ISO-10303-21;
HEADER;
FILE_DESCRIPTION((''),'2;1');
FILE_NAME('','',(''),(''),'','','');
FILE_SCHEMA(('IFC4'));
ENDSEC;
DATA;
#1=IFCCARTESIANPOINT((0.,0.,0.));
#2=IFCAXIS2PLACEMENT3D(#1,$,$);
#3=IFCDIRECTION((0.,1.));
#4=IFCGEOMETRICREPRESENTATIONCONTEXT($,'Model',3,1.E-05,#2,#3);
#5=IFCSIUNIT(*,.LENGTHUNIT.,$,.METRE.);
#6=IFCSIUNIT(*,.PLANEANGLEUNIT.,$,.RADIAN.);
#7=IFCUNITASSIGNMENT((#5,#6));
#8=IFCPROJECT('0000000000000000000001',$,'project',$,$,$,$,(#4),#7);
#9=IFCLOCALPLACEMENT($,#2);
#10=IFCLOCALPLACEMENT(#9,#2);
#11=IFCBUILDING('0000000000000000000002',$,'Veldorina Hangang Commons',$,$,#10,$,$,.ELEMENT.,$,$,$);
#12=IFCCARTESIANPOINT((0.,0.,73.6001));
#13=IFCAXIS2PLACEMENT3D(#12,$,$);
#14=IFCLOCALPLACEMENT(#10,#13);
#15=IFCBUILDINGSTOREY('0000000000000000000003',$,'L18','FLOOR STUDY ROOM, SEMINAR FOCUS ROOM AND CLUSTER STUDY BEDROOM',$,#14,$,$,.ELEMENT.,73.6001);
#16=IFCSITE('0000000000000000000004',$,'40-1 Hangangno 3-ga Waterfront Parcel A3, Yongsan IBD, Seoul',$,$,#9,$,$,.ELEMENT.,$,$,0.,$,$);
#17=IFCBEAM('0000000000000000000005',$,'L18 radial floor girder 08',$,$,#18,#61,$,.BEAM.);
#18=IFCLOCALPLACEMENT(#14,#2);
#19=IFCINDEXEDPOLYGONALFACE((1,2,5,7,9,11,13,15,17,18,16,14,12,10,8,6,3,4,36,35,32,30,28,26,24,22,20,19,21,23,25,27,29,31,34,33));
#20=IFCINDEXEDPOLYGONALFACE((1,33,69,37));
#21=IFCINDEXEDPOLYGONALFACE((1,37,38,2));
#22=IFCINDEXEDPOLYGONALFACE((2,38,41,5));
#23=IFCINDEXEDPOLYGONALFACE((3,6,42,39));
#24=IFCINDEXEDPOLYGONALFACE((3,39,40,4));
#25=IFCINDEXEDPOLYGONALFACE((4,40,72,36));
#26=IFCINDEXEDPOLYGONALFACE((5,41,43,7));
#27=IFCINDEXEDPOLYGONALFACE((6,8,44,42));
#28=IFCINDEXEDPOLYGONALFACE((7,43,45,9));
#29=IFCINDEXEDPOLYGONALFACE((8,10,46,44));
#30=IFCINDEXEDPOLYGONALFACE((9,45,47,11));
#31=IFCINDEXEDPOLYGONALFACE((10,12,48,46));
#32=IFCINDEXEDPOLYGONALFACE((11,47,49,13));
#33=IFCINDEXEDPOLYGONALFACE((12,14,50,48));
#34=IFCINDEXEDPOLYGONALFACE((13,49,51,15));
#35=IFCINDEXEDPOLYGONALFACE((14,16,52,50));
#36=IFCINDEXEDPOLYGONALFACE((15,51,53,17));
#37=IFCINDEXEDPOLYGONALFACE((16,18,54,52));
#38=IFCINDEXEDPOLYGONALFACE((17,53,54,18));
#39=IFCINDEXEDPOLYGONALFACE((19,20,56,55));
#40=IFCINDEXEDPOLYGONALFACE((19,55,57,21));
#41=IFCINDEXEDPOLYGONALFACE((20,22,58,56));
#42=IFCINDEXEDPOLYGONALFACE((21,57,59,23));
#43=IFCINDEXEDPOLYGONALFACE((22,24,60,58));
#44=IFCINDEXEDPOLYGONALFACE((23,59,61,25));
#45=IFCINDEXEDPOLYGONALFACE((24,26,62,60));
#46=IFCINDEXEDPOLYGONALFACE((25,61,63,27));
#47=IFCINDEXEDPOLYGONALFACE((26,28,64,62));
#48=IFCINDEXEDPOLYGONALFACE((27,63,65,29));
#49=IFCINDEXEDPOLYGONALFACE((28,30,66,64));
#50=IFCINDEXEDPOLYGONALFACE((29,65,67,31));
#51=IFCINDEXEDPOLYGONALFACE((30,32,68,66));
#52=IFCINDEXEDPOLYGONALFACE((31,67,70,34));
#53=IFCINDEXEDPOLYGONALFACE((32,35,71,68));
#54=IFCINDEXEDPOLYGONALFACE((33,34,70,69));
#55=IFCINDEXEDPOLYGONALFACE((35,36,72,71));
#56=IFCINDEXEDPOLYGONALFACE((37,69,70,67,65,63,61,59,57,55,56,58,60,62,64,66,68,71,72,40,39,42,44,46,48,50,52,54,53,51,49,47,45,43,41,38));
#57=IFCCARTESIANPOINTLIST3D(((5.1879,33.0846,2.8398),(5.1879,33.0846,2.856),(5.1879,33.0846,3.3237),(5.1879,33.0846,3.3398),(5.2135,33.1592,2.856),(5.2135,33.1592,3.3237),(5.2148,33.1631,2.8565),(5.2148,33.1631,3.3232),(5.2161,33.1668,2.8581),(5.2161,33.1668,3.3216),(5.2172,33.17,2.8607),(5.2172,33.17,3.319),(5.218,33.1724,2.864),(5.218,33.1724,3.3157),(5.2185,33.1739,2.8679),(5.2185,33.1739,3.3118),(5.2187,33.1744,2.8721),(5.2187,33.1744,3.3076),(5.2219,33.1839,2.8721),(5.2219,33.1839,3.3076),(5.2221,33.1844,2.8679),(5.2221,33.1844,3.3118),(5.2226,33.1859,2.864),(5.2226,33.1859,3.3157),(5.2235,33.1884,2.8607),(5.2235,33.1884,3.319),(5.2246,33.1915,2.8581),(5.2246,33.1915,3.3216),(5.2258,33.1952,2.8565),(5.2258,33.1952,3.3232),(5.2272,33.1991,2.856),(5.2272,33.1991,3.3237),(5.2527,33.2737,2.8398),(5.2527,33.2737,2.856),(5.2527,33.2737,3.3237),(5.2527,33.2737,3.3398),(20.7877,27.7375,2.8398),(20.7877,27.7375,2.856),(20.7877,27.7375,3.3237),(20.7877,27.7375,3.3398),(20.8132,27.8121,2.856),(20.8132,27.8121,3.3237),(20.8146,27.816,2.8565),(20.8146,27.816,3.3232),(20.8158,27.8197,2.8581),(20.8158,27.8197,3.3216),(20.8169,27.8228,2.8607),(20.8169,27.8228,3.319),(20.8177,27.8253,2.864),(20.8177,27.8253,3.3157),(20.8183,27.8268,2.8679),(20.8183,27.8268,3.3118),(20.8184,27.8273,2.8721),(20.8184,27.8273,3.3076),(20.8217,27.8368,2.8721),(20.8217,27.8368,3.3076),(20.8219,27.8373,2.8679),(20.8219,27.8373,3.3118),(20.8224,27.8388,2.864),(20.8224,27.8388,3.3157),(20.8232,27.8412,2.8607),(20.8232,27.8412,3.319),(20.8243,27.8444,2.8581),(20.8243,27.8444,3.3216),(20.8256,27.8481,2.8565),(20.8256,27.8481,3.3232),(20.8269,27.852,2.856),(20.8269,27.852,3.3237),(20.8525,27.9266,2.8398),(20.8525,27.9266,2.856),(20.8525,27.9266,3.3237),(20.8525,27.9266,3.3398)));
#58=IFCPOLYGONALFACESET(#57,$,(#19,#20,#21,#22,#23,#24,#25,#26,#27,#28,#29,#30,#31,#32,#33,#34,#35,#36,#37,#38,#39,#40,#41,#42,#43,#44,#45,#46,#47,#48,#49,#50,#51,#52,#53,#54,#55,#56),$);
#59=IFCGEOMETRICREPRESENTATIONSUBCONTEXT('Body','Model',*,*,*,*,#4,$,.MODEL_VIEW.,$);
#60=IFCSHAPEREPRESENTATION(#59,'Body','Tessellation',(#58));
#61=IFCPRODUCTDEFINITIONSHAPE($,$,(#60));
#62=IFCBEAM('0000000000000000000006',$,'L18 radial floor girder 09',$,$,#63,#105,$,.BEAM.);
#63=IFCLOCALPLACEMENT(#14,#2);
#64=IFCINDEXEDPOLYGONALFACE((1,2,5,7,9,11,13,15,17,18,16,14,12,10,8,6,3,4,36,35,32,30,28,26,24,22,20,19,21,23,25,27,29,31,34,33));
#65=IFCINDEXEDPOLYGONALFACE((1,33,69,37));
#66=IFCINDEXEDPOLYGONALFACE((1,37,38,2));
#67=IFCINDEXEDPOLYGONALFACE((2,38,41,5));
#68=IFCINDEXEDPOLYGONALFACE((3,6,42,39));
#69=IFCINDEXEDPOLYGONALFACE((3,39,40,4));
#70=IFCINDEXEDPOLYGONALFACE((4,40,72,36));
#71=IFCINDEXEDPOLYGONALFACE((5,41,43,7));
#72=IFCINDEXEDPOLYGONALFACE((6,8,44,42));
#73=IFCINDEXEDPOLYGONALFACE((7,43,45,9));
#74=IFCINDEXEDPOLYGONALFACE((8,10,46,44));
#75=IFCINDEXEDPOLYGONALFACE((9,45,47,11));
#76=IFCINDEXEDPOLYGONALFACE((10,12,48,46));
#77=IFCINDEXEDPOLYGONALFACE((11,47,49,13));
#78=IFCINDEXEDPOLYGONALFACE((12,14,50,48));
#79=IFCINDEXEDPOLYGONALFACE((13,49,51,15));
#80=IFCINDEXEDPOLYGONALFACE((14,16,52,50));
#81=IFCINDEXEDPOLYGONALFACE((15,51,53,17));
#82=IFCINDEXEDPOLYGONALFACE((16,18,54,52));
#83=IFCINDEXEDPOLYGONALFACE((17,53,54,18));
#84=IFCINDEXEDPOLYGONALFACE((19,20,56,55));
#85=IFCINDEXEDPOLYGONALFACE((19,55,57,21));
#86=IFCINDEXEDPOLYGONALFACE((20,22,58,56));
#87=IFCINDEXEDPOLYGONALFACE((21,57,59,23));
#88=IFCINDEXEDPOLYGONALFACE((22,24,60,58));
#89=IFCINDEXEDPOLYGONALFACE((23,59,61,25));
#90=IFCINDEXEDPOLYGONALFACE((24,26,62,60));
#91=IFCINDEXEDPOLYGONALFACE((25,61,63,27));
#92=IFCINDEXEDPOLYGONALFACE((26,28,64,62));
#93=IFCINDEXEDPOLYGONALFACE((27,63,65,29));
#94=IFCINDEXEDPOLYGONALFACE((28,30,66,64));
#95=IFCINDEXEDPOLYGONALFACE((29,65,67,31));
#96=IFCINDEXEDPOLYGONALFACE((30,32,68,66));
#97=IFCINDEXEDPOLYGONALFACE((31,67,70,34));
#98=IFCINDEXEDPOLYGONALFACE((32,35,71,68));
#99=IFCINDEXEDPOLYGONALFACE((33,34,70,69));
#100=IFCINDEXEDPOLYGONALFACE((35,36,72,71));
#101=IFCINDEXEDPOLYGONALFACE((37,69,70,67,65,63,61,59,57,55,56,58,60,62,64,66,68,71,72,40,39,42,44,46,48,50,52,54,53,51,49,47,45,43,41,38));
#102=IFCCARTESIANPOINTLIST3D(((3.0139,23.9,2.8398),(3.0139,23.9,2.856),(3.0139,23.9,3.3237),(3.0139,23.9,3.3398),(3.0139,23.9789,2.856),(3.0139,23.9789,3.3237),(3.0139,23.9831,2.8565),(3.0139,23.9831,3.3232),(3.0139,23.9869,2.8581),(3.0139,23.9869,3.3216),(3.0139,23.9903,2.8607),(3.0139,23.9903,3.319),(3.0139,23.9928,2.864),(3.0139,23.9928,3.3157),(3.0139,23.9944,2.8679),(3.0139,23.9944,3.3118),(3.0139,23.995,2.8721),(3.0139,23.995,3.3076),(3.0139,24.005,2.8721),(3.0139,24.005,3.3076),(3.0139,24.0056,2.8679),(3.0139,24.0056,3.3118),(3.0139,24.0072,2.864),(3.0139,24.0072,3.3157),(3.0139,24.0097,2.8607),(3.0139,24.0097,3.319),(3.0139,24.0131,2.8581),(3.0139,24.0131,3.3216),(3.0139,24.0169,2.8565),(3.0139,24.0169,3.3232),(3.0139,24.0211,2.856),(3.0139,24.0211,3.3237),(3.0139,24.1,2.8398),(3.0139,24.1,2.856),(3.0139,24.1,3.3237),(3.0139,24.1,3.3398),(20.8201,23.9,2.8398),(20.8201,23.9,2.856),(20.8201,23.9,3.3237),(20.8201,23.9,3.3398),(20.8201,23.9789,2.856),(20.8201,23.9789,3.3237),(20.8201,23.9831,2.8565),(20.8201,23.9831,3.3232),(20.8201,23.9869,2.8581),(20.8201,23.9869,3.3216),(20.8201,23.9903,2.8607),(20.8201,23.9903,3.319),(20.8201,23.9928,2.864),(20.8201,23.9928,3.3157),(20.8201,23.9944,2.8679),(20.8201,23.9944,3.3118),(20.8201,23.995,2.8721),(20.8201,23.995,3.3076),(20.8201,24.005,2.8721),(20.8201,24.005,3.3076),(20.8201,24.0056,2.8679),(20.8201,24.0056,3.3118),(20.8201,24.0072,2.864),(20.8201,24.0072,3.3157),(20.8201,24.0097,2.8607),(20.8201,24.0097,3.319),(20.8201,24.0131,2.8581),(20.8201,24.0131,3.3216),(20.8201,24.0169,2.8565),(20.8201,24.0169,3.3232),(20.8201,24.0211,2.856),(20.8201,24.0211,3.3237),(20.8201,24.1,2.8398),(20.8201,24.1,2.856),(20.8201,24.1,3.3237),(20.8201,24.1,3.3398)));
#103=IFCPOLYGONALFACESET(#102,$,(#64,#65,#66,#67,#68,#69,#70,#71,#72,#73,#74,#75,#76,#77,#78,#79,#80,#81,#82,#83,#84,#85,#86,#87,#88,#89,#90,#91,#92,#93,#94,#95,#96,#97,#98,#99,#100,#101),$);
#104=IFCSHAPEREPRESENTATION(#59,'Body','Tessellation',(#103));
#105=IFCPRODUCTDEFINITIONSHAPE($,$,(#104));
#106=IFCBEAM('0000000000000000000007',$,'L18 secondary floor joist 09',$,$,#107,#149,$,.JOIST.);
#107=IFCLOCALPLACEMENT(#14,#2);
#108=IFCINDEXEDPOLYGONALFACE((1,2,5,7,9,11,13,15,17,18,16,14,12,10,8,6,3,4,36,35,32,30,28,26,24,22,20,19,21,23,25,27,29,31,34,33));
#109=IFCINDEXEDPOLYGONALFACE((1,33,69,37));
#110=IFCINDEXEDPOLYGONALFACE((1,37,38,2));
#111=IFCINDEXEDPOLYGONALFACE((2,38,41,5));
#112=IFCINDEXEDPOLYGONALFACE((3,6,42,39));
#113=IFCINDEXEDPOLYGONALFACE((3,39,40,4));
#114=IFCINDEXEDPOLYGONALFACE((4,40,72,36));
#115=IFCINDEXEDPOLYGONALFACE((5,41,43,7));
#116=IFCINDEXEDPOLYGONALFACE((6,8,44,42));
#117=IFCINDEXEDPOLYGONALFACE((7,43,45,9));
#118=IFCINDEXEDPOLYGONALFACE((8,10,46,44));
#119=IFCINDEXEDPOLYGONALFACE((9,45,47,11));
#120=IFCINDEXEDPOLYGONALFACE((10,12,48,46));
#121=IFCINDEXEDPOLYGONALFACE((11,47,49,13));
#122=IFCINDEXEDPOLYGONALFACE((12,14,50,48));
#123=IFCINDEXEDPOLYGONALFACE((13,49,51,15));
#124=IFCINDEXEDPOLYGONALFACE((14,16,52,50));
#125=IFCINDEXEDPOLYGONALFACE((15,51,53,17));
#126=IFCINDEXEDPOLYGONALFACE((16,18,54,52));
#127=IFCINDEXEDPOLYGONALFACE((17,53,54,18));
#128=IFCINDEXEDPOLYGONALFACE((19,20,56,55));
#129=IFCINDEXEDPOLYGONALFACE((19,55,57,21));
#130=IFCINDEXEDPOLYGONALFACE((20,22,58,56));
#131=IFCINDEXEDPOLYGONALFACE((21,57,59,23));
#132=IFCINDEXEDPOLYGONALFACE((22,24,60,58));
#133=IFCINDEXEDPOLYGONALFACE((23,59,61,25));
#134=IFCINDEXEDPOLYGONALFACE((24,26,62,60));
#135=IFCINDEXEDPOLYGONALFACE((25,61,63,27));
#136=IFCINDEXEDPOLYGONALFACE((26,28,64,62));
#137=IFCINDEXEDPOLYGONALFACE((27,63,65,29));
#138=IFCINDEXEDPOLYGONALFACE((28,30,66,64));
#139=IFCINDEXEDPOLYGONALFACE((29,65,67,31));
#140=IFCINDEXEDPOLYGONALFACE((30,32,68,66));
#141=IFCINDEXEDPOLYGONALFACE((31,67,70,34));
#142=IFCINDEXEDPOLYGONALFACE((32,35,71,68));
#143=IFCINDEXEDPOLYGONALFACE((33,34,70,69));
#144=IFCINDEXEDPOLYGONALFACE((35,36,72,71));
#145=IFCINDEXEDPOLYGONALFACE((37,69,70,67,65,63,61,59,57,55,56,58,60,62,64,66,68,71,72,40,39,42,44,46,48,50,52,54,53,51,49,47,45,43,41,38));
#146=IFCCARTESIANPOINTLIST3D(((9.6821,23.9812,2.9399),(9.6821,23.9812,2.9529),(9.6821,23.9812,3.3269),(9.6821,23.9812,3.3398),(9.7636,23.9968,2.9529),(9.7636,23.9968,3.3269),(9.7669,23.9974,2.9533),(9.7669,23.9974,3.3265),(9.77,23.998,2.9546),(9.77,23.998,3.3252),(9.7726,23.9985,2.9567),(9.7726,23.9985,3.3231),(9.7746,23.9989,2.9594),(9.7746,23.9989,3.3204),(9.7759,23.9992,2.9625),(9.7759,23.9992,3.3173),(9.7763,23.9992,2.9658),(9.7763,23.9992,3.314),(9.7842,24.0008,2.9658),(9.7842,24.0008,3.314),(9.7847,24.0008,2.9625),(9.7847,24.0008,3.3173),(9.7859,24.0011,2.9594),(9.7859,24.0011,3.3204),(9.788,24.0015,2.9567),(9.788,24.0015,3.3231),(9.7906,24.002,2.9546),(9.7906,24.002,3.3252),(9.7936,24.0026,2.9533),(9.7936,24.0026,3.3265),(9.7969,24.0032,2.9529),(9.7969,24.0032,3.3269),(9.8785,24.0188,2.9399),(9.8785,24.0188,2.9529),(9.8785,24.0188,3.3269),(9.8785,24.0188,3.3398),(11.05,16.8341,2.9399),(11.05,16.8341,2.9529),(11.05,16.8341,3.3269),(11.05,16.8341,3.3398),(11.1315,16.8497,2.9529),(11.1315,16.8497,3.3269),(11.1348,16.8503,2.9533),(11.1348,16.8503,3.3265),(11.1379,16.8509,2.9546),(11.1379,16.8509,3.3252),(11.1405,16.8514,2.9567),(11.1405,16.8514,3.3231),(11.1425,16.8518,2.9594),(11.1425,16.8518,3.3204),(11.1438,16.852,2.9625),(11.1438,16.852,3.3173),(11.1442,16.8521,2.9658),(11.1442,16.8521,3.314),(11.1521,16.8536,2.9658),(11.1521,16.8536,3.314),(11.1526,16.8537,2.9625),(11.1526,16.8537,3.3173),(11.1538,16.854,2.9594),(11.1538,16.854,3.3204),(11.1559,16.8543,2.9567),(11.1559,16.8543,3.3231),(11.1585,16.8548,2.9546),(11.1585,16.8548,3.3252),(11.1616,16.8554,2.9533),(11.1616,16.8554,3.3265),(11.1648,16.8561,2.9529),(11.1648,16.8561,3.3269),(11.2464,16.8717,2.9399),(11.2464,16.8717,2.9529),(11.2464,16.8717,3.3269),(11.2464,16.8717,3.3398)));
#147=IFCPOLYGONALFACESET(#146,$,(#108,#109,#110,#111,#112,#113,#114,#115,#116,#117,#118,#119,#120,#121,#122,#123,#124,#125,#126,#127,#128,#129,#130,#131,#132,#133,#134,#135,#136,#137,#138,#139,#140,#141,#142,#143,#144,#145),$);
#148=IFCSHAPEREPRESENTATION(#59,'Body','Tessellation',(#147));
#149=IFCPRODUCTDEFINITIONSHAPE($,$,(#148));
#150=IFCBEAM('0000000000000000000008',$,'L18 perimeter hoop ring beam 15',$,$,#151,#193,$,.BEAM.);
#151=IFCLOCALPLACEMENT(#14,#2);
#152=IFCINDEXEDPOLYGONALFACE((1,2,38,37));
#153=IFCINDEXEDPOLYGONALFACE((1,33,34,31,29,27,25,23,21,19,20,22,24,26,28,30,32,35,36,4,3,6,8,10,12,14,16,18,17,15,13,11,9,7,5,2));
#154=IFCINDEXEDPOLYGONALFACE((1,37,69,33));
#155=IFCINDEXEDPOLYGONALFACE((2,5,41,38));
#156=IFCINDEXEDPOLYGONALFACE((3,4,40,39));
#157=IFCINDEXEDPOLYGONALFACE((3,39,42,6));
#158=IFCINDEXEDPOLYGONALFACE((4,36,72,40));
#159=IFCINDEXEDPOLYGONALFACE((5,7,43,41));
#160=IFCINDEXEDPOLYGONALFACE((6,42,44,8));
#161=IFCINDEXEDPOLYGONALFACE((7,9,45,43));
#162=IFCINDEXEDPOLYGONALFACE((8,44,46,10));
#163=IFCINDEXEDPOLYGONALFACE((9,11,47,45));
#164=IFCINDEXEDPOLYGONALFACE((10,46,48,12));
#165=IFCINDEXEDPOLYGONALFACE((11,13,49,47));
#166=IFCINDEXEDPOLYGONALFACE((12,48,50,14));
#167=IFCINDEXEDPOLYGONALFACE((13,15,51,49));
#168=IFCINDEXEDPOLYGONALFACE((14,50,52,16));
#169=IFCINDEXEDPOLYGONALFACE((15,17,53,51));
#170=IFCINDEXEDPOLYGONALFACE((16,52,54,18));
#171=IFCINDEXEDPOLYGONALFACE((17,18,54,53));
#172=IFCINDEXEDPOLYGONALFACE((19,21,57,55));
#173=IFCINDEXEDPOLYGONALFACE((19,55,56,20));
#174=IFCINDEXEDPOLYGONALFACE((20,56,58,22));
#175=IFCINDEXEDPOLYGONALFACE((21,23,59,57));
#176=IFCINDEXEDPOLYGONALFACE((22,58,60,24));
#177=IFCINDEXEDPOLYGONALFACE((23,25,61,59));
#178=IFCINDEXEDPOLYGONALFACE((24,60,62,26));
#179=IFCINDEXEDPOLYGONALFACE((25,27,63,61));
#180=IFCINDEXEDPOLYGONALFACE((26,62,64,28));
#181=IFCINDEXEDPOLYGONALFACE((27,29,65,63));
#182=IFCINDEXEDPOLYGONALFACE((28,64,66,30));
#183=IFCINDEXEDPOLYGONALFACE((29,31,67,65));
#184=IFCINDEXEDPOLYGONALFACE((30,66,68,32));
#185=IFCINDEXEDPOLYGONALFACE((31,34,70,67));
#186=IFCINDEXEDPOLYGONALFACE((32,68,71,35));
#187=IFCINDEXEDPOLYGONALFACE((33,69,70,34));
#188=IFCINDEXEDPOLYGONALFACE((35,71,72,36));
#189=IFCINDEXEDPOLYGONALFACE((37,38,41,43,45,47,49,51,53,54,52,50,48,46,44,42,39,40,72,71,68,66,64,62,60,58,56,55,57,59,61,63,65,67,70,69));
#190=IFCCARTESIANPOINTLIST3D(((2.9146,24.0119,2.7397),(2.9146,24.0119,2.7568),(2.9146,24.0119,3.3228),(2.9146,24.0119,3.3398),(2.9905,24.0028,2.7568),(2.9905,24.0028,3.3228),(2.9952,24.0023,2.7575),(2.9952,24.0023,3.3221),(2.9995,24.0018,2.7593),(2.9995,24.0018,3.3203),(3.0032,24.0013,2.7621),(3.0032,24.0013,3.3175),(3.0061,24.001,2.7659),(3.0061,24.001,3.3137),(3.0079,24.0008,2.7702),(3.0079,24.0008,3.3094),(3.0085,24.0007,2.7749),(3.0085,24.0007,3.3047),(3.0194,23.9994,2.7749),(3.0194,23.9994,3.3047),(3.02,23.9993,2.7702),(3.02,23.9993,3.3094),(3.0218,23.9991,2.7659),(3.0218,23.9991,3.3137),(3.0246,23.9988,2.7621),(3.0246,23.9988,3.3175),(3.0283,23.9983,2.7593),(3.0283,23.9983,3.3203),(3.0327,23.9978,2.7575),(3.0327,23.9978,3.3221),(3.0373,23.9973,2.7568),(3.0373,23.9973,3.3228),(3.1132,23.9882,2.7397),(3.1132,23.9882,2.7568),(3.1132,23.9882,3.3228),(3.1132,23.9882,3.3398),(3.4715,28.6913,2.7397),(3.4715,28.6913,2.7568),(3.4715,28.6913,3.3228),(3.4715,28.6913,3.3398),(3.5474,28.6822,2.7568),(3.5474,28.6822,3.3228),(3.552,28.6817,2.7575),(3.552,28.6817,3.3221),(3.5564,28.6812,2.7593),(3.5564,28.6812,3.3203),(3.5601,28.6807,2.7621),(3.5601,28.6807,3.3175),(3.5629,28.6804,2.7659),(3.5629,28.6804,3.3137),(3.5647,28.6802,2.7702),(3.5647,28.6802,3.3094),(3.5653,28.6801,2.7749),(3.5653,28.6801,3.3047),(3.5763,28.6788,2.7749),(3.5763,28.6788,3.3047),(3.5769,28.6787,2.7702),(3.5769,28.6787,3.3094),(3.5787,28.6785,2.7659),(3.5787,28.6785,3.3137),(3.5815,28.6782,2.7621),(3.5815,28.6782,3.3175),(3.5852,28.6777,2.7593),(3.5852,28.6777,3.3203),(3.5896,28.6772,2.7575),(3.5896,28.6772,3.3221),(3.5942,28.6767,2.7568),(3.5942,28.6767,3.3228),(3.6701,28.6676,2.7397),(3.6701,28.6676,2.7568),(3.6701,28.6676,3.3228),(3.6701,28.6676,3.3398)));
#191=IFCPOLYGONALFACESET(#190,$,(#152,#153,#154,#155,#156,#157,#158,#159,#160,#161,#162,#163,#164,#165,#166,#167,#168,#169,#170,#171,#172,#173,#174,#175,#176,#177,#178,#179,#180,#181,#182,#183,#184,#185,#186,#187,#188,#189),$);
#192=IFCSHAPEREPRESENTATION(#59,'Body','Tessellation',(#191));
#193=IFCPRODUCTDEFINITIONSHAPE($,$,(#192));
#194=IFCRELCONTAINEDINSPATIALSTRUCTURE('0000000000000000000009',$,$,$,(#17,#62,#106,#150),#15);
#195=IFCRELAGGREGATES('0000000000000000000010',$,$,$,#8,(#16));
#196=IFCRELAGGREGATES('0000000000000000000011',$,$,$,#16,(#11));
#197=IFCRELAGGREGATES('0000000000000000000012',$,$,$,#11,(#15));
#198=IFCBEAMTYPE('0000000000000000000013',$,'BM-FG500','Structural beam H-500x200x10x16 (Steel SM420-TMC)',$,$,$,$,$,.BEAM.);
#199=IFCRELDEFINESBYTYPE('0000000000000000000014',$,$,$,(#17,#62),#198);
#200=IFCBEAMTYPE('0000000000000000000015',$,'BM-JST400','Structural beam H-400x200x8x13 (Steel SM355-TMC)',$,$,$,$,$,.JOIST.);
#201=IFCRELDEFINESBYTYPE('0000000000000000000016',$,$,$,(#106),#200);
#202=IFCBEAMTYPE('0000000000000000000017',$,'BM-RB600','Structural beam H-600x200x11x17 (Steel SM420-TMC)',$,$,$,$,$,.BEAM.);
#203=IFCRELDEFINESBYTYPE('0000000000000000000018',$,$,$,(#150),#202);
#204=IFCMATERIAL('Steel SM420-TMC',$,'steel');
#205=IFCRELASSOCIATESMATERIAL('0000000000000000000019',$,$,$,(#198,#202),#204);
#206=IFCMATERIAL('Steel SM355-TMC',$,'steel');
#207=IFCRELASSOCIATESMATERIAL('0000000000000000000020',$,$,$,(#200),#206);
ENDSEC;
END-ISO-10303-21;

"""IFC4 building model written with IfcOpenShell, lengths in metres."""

from ifc_helpers import new_model, si_unit, direction, frame, origin, origin_2d, place, context, subcontext, project, spatial, i_section, extrude, material, material_profile, profile_set, type_object, element, save


model = new_model("IFC4")

# Units and contexts
model_context = context("Model", 3, precision=1e-05, world=origin(), true_north=direction((0.0, 1.0)))
body_context = subcontext(model_context, "Body", "Model", "MODEL_VIEW")
ifc_project = project(units=[si_unit("LENGTHUNIT", "METRE"), si_unit("PLANEANGLEUNIT", "RADIAN")], contexts=[model_context])

# Site, building, storey
site_placement = place(None, origin())
site = spatial("IfcSite", under=ifc_project, at=site_placement, Name="40-1 Hangangno 3-ga Waterfront Parcel A3, Yongsan IBD, Seoul", CompositionType="ELEMENT", RefElevation=0.0)
building_placement = place(site_placement, origin())
building = spatial("IfcBuilding", under=site, at=building_placement, Name="Veldorina Hangang Commons", CompositionType="ELEMENT")
storey_placement = place(building_placement, frame((0.0, 0.0, 73.6001)))
storey = spatial("IfcBuildingStorey", under=building, at=storey_placement, Name="L18", Description="FLOOR STUDY ROOM, SEMINAR FOCUS ROOM AND CLUSTER STUDY BEDROOM", CompositionType="ELEMENT", Elevation=73.6001)

# Beams
ifc_material_1 = material(Name="Steel SM420-TMC", Category="steel")
ifc_material_profile_1 = material_profile(ifc_material_1, i_section(OverallWidth=0.2, OverallDepth=0.5, WebThickness=0.01, FlangeThickness=0.0161, FilletRadius=0.0161, at=origin_2d()), Name="H-500x200x10x16")
ifc_profile_set_1 = profile_set([ifc_material_profile_1], Name="Steel SM420-TMC")
beam_type_1 = type_object("IfcBeamType", Name="BM-FG500", Description="Structural beam H-500x200x10x16 (Steel SM420-TMC)", PredefinedType="BEAM", material=ifc_profile_set_1)
beam_1_placement = place(storey_placement, frame((20.8201, 27.832, 3.0898), z_axis=(-0.945971, 0.324251, 0.0), x_axis=(-0.324251, -0.945971, 0.0)))
element("IfcBeam", 1, at=beam_1_placement, inside=storey, type_object=beam_type_1, Name="L18 radial floor girder 08", PredefinedType="BEAM", context=body_context, shape_type="SweptSolid", body=[
    extrude(i_section(OverallWidth=0.2, OverallDepth=0.5, WebThickness=0.01, FlangeThickness=0.0161, FilletRadius=0.0161, at=origin_2d()), origin(), (0.0, 0.0, 1.0), 16.4907),
])
beam_2_placement = place(storey_placement, frame((20.8201, 24.0, 3.0898), z_axis=(-1.0, 0.0, 0.0), x_axis=(0.0, -1.0, 0.0)))
element("IfcBeam", 2, at=beam_2_placement, inside=storey, type_object=beam_type_1, Name="L18 radial floor girder 09", PredefinedType="BEAM", context=body_context, shape_type="SweptSolid", body=[
    extrude(i_section(OverallWidth=0.2, OverallDepth=0.5, WebThickness=0.01, FlangeThickness=0.0161, FilletRadius=0.0161, at=origin_2d()), origin(), (0.0, 0.0, 1.0), 17.8062),
])
ifc_material_2 = material(Name="Steel SM355-TMC", Category="steel")
ifc_material_profile_2 = material_profile(ifc_material_2, i_section(OverallWidth=0.2, OverallDepth=0.3999, WebThickness=0.0081, FlangeThickness=0.0129, FilletRadius=0.0129, at=origin_2d()), Name="H-400x200x8x13")
ifc_profile_set_2 = profile_set([ifc_material_profile_2], Name="Steel SM355-TMC")
beam_type_2 = type_object("IfcBeamType", Name="BM-JST400", Description="Structural beam H-400x200x8x13 (Steel SM355-TMC)", PredefinedType="JOIST", material=ifc_profile_set_2)
beam_3_placement = place(storey_placement, frame((9.7803, 24.0, 3.1399), z_axis=(0.18798, -0.982173, 0.0), x_axis=(0.982173, 0.18798, 0.0)))
element("IfcBeam", 3, at=beam_3_placement, inside=storey, type_object=beam_type_2, Name="L18 secondary floor joist 09", PredefinedType="JOIST", context=body_context, shape_type="SweptSolid", body=[
    extrude(i_section(OverallWidth=0.2, OverallDepth=0.3999, WebThickness=0.0081, FlangeThickness=0.0129, FilletRadius=0.0129, at=origin_2d()), origin(), (0.0, 0.0, 1.0), 7.2769),
])
ifc_material_profile_3 = material_profile(ifc_material_1, i_section(OverallWidth=0.2, OverallDepth=0.6001, WebThickness=0.011, FlangeThickness=0.0171, FilletRadius=0.0181, at=origin_2d()), Name="H-600x200x11x17")
ifc_profile_set_3 = profile_set([ifc_material_profile_3], Name="Steel SM420-TMC")
beam_type_3 = type_object("IfcBeamType", Name="BM-RB600", Description="Structural beam H-600x200x11x17 (Steel SM420-TMC)", PredefinedType="BEAM", material=ifc_profile_set_3)
for number, where, z_axis, x_axis, name in (
    (4, (3.5708, 28.6794, 3.0398), (-0.118173, -0.992993, 0.0), (0.992993, -0.118173, 0.0), "L18 perimeter hoop ring beam 15"),
):
    element("IfcBeam", number, at=place(storey_placement, frame(where, z_axis=z_axis, x_axis=x_axis)), inside=storey, type_object=beam_type_3, Name=name, PredefinedType="BEAM", context=body_context, shape_type="SweptSolid", body=[
        extrude(i_section(OverallWidth=0.2, OverallDepth=0.6001, WebThickness=0.011, FlangeThickness=0.0171, FilletRadius=0.0181, at=origin_2d()), origin(), (0.0, 0.0, 1.0), 4.7124),
    ])

save(model, "model.ifc")
